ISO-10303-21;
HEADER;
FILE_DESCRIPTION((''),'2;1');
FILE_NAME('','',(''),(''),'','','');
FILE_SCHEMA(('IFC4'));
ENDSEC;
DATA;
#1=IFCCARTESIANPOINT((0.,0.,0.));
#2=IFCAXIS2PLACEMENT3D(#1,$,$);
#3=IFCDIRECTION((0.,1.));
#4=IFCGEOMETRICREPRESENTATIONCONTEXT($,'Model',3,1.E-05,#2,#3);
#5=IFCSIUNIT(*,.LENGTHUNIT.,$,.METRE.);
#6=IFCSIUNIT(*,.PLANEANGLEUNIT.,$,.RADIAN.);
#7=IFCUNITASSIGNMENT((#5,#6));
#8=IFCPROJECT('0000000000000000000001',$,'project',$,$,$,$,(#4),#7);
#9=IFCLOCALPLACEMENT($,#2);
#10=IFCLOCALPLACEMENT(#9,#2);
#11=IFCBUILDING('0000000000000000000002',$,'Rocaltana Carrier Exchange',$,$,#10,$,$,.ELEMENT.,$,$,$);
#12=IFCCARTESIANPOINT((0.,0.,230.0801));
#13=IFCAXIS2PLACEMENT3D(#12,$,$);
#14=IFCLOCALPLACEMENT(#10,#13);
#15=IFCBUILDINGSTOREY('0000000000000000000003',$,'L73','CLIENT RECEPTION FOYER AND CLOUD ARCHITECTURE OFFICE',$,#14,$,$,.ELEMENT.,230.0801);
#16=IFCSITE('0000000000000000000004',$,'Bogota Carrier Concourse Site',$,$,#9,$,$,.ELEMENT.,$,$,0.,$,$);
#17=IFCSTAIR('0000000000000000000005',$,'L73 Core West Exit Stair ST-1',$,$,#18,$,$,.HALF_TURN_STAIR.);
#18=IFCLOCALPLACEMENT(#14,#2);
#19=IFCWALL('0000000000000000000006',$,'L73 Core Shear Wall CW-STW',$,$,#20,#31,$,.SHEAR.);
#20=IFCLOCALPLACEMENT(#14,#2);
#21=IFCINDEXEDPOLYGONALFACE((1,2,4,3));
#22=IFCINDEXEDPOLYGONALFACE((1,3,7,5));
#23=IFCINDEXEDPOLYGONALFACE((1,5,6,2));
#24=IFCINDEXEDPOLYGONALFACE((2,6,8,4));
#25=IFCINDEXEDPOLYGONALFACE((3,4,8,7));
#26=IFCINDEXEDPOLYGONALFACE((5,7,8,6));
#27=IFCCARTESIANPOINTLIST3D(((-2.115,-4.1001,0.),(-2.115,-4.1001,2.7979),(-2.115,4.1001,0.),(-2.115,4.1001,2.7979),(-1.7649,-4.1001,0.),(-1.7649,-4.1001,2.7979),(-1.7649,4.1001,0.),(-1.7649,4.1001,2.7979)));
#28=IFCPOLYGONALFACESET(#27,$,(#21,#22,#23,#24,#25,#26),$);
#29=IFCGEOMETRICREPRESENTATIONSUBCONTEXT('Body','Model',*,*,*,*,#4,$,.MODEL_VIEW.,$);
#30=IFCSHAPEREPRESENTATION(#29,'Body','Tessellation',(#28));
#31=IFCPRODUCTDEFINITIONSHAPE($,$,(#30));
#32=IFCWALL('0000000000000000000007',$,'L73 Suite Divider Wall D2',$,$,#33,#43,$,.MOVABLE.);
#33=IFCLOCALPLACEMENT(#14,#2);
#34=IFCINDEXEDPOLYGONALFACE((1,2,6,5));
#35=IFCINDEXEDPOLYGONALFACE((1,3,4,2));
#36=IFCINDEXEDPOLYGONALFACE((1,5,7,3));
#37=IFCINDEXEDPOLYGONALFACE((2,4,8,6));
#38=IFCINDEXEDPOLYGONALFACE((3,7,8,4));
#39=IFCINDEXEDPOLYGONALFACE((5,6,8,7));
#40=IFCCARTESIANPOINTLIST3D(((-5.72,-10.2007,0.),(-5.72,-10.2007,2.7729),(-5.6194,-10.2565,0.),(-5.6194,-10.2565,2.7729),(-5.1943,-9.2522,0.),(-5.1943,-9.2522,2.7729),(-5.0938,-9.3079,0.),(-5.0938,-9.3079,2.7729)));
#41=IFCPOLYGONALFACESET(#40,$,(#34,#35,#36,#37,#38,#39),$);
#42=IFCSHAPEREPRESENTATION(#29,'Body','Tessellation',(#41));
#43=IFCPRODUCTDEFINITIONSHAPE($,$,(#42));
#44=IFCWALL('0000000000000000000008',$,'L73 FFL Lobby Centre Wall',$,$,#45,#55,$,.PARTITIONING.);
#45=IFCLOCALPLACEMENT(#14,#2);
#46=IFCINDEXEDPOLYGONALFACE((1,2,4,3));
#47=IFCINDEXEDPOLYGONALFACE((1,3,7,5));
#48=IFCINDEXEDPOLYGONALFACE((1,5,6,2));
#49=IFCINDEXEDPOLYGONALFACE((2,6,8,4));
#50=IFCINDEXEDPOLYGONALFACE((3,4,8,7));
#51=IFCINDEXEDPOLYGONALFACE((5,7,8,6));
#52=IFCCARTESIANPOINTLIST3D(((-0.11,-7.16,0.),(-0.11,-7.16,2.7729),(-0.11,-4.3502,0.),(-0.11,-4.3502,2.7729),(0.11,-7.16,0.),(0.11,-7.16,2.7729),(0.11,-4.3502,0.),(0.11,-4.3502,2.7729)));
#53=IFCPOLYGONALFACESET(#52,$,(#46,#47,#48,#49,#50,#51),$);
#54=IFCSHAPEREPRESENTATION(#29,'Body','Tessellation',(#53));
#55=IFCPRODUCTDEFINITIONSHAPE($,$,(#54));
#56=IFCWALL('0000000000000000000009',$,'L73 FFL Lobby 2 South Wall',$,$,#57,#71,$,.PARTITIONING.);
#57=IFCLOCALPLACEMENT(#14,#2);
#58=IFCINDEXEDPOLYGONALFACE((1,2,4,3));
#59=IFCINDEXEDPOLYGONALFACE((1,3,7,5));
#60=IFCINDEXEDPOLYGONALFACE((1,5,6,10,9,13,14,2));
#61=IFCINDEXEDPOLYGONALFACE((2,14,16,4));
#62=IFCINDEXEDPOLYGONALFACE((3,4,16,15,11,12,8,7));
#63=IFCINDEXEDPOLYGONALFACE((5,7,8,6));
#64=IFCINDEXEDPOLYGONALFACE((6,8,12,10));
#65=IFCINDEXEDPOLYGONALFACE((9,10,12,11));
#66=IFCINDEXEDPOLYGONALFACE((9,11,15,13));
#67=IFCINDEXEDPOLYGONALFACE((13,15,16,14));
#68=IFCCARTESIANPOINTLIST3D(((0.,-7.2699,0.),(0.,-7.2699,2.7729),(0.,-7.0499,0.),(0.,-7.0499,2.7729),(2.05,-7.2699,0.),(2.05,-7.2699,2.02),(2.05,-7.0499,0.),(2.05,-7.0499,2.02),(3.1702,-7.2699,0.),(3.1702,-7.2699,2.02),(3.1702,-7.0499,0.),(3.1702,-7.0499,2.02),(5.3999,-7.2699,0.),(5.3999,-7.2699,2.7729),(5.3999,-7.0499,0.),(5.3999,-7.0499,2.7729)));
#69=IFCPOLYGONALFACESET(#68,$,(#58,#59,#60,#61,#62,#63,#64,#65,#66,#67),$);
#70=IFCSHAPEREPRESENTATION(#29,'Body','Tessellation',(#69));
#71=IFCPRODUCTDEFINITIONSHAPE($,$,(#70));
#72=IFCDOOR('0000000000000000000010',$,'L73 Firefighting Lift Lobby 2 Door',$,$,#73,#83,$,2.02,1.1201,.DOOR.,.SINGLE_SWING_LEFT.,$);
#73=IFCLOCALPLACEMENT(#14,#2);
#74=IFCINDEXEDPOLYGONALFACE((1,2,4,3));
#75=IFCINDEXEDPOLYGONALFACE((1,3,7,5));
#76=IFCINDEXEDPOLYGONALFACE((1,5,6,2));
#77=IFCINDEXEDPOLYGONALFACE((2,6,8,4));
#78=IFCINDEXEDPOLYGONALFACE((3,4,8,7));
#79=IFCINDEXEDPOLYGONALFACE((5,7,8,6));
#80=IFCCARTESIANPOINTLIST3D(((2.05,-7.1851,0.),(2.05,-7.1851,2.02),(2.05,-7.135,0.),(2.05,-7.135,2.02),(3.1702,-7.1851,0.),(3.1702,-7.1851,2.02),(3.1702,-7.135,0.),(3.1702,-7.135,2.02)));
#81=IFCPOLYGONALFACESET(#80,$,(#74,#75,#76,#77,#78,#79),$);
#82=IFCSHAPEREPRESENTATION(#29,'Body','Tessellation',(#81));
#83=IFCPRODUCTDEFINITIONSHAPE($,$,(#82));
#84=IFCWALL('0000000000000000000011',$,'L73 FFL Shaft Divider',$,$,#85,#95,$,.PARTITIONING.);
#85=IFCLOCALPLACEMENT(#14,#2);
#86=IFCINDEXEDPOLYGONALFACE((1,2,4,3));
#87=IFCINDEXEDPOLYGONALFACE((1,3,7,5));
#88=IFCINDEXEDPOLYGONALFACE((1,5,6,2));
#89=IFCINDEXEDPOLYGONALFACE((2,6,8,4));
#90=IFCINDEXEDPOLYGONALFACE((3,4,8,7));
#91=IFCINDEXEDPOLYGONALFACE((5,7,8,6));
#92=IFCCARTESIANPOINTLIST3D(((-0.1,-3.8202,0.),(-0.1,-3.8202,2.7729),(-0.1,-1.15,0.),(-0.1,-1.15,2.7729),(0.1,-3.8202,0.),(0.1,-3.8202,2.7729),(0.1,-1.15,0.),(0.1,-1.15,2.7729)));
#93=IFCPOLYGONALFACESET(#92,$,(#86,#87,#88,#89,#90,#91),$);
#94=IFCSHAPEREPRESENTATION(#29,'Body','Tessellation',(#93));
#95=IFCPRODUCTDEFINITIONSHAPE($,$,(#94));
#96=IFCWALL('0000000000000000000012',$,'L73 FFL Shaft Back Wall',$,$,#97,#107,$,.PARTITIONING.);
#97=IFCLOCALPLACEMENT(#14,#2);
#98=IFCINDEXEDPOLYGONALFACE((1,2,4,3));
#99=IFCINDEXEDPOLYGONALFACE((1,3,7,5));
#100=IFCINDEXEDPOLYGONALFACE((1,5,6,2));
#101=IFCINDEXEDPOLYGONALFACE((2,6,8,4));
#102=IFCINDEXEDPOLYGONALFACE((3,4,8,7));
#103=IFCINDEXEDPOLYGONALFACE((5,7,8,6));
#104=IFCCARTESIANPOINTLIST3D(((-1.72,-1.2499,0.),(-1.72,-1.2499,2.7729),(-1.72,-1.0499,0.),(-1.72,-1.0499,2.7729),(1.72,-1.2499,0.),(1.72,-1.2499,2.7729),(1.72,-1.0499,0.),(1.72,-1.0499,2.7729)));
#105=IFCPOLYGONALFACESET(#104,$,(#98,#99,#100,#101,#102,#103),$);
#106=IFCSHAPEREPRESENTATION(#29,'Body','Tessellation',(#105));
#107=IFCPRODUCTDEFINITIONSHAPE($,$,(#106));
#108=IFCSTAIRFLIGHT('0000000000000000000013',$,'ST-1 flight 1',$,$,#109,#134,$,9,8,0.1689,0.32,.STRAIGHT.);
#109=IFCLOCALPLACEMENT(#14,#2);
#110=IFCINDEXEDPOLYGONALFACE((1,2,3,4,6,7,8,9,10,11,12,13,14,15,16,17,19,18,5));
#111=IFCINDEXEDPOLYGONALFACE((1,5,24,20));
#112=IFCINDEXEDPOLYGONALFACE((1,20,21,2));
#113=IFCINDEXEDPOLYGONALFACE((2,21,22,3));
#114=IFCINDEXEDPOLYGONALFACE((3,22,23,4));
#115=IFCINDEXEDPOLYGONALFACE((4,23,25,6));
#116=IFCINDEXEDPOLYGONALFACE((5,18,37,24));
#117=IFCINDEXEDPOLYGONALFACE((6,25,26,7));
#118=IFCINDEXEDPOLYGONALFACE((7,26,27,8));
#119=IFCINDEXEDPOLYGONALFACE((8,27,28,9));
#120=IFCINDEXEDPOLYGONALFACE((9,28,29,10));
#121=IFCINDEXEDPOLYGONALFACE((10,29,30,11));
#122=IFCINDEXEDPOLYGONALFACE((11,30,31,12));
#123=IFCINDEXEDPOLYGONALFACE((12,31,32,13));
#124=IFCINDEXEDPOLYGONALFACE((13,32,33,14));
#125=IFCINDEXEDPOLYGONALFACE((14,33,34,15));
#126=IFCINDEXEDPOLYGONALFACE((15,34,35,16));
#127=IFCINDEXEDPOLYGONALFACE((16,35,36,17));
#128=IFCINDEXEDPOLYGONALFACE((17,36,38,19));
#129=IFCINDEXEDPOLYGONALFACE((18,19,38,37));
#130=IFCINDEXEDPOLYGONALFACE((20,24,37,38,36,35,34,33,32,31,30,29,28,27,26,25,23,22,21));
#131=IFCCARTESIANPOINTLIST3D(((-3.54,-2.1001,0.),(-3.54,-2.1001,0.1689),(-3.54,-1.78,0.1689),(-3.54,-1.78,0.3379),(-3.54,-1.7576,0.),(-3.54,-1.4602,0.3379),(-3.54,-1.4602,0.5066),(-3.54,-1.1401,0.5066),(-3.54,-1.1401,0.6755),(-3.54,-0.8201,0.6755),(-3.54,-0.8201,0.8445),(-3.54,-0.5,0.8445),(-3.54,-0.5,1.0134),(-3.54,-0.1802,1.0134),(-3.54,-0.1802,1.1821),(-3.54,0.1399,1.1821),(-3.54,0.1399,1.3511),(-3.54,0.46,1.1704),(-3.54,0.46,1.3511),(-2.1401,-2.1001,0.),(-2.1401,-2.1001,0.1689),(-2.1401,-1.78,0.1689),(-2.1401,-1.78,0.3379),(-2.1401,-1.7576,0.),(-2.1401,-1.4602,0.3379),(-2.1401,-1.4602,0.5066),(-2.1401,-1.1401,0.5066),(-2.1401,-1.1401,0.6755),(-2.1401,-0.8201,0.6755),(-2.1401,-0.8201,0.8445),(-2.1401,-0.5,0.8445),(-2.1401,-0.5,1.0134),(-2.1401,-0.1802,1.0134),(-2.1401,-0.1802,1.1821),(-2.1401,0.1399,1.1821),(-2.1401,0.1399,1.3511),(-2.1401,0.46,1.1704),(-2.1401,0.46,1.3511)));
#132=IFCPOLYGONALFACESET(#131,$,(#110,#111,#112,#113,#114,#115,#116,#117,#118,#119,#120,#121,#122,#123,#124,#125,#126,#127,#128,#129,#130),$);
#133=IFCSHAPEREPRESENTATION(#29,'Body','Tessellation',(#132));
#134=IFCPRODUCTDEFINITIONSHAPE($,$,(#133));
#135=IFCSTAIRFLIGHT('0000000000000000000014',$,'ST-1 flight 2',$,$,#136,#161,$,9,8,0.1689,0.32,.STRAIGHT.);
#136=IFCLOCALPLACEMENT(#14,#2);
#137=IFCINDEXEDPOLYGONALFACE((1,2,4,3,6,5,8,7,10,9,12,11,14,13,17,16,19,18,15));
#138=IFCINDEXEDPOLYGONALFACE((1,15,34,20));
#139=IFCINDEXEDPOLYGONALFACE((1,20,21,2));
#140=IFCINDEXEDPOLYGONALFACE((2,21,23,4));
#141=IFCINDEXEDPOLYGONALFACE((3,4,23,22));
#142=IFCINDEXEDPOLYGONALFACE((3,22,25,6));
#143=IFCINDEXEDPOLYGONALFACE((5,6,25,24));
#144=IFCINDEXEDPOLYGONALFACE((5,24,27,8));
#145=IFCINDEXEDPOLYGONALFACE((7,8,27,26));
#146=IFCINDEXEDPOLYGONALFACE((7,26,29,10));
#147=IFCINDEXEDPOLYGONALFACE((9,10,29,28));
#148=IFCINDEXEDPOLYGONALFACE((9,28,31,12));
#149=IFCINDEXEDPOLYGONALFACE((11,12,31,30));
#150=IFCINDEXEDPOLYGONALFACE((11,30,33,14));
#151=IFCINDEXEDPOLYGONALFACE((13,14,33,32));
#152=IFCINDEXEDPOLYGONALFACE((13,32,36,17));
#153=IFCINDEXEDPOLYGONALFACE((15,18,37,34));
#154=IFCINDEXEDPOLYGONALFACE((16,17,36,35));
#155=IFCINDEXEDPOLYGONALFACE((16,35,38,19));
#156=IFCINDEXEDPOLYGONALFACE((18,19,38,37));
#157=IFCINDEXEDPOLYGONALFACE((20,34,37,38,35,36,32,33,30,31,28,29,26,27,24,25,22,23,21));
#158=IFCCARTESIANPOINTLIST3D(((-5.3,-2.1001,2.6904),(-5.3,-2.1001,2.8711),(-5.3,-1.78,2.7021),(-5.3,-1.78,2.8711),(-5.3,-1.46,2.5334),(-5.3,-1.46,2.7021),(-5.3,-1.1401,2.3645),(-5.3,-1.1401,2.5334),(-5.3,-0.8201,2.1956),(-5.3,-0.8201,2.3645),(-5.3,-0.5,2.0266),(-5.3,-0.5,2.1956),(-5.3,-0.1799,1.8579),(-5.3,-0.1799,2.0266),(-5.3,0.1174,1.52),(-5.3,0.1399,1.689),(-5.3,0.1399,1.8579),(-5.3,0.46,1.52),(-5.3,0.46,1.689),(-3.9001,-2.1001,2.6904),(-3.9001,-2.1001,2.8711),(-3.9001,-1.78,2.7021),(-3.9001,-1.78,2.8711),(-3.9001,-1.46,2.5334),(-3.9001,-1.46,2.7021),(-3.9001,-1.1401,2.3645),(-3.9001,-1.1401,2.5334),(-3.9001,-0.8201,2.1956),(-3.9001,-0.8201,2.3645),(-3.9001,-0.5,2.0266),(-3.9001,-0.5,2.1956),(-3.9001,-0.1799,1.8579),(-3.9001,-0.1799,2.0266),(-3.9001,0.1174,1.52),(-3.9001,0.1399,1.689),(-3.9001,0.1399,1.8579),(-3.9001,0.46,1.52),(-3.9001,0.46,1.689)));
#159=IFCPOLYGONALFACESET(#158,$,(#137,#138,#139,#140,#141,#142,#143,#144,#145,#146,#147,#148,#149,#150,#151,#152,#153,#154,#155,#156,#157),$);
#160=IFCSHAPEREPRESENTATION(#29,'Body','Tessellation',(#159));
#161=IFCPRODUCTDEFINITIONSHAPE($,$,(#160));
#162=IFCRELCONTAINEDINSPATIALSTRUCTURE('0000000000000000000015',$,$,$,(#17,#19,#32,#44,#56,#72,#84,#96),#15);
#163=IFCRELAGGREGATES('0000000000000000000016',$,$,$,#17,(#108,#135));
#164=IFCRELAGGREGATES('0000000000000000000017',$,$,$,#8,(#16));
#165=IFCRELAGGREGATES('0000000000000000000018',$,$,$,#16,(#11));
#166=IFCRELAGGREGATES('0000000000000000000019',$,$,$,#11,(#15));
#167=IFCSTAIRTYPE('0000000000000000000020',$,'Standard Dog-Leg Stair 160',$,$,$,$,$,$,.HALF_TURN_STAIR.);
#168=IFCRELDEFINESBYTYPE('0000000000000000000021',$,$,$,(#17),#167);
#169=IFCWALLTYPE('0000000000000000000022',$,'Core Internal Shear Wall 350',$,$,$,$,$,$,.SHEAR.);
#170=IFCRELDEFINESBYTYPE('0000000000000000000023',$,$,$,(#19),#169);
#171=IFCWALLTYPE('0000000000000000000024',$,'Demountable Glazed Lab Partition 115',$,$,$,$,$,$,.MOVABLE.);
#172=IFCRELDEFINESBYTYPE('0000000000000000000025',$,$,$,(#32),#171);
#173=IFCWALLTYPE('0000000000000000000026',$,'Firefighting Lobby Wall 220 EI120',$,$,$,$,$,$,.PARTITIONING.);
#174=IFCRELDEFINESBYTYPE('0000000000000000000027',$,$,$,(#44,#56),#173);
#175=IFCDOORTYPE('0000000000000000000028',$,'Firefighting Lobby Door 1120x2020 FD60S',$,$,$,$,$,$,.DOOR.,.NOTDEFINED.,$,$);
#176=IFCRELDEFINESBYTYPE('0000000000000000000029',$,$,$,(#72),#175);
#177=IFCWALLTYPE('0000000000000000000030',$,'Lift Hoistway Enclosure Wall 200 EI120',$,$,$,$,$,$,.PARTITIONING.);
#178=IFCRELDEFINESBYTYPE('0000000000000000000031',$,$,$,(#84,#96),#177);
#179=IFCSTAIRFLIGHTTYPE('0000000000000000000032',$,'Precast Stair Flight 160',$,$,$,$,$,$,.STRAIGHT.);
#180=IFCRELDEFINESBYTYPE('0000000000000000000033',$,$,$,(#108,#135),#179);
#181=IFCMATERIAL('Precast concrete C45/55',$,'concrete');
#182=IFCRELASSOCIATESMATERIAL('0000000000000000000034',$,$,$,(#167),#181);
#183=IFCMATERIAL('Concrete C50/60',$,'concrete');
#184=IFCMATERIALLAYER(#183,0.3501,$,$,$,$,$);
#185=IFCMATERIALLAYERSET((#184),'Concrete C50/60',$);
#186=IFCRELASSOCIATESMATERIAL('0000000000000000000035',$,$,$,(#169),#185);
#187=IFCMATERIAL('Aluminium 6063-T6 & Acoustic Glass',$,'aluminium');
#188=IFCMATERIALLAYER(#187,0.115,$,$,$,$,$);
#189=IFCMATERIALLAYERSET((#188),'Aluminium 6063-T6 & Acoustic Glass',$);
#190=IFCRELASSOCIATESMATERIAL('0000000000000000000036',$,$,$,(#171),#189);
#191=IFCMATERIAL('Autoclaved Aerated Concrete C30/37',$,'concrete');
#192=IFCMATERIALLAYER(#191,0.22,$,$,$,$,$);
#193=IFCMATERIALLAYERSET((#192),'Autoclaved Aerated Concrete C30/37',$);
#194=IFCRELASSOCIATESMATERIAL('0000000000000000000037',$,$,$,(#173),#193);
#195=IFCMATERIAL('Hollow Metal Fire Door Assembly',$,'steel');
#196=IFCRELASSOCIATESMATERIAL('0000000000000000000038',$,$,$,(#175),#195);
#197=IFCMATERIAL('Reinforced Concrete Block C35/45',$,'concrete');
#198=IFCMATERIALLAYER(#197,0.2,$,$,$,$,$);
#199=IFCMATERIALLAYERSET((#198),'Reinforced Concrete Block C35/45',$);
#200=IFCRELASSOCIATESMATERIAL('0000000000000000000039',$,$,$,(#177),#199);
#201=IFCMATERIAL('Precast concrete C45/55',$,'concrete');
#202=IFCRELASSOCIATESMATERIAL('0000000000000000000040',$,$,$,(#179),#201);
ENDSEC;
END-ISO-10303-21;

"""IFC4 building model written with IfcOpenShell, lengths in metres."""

from ifc_helpers import new_model, si_unit, direction, frame, frame_2d, origin, place, context, subcontext, project, spatial, polyline, rectangle, outline, extrude, material, layer, layer_set, type_object, element, fill, aggregate, save


model = new_model("IFC4")

# Units and contexts
model_context = context("Model", 3, precision=1e-05, world=origin(), true_north=direction((0.0, 1.0)))
body_context = subcontext(model_context, "Body", "Model", "MODEL_VIEW")
ifc_project = project(units=[si_unit("LENGTHUNIT", "METRE"), si_unit("PLANEANGLEUNIT", "RADIAN")], contexts=[model_context])

# Site, building, storey
site_placement = place(None, origin())
site = spatial("IfcSite", under=ifc_project, at=site_placement, Name="Bogota Carrier Concourse Site", CompositionType="ELEMENT", RefElevation=0.0)
building_placement = place(site_placement, origin())
building = spatial("IfcBuilding", under=site, at=building_placement, Name="Rocaltana Carrier Exchange", CompositionType="ELEMENT")
storey_placement = place(building_placement, frame((0.0, 0.0, 230.0801)))
storey = spatial("IfcBuildingStorey", under=building, at=storey_placement, Name="L73", Description="CLIENT RECEPTION FOYER AND CLOUD ARCHITECTURE OFFICE", CompositionType="ELEMENT", Elevation=230.0801)

# Stair
ifc_material_1 = material(Name="Precast concrete C45/55", Category="concrete")
stair_type = type_object("IfcStairType", Name="Standard Dog-Leg Stair 160", PredefinedType="HALF_TURN_STAIR", material=ifc_material_1)
stair_1_placement = place(storey_placement, origin())
stair_1 = element("IfcStair", 1, at=stair_1_placement, inside=storey, type_object=stair_type, Name="L73 Core West Exit Stair ST-1", PredefinedType="HALF_TURN_STAIR")

# Walls
ifc_material_2 = material(Name="Concrete C50/60", Category="concrete")
ifc_layer_1 = layer(ifc_material_2, 0.3501)
ifc_layer_set_1 = layer_set([ifc_layer_1], Name="Concrete C50/60")
wall_type_1 = type_object("IfcWallType", Name="Core Internal Shear Wall 350", PredefinedType="SHEAR", material=ifc_layer_set_1)
wall_1_placement = place(storey_placement, frame((-1.9399, -4.1001, 0.0), z_axis=(0.0, 0.0, 1.0), x_axis=(0.0, 1.0, 0.0)))
element("IfcWall", 2, at=wall_1_placement, inside=storey, type_object=wall_type_1, Name="L73 Core Shear Wall CW-STW", PredefinedType="SHEAR", context=body_context, shape_type="SweptSolid", body=[
    extrude(rectangle(XDim=8.2002, YDim=0.3501, at=frame_2d((4.1001, 0.0))), origin(), (0.0, 0.0, 1.0), 2.7979),
])
ifc_material_3 = material(Name="Aluminium 6063-T6 & Acoustic Glass", Category="aluminium")
ifc_layer_2 = layer(ifc_material_3, 0.115)
ifc_layer_set_2 = layer_set([ifc_layer_2], Name="Aluminium 6063-T6 & Acoustic Glass")
wall_type_2 = type_object("IfcWallType", Name="Demountable Glazed Lab Partition 115", PredefinedType="MOVABLE", material=ifc_layer_set_2)
wall_2_placement = place(storey_placement, frame((-5.144, -9.28, 0.0), z_axis=(0.0, 0.0, 1.0), x_axis=(-0.484725, -0.874667, 0.0)))
element("IfcWall", 3, at=wall_2_placement, inside=storey, type_object=wall_type_2, Name="L73 Suite Divider Wall D2", PredefinedType="MOVABLE", context=body_context, shape_type="SweptSolid", body=[
    extrude(rectangle(XDim=1.0845, YDim=0.115, at=frame_2d((0.5422, 0.0))), origin(), (0.0, 0.0, 1.0), 2.7729),
])
ifc_material_4 = material(Name="Autoclaved Aerated Concrete C30/37", Category="concrete")
ifc_layer_3 = layer(ifc_material_4, 0.22)
ifc_layer_set_3 = layer_set([ifc_layer_3], Name="Autoclaved Aerated Concrete C30/37")
wall_type_3 = type_object("IfcWallType", Name="Firefighting Lobby Wall 220 EI120", PredefinedType="PARTITIONING", material=ifc_layer_set_3)
wall_3_placement = place(storey_placement, frame((0.0, -7.1599, 0.0), z_axis=(0.0, 0.0, 1.0), x_axis=(0.0, 1.0, 0.0)))
element("IfcWall", 4, at=wall_3_placement, inside=storey, type_object=wall_type_3, Name="L73 FFL Lobby Centre Wall", PredefinedType="PARTITIONING", context=body_context, shape_type="SweptSolid", body=[
    extrude(rectangle(XDim=2.8098, YDim=0.22, at=frame_2d((1.4048, 0.0))), origin(), (0.0, 0.0, 1.0), 2.7729),
])

# Wall, opening, door
wall_4_placement = place(storey_placement, frame((0.0, -7.1599, 0.0), z_axis=(0.0, 0.0, 1.0), x_axis=(1.0, 0.0, 0.0)))
wall_4 = element("IfcWall", 5, at=wall_4_placement, inside=storey, type_object=wall_type_3, Name="L73 FFL Lobby 2 South Wall", PredefinedType="PARTITIONING", context=body_context, shape_type="SweptSolid", body=[
    extrude(rectangle(XDim=5.3999, YDim=0.22, at=frame_2d((2.7, 0.0))), origin(), (0.0, 0.0, 1.0), 2.7729),
])
opening_placement = place(wall_4_placement, frame((2.05, 0.0, 0.0)))
opening = element("IfcOpeningElement", 6, at=opening_placement, cuts=wall_4, PredefinedType="OPENING", context=body_context, shape_type="SweptSolid", body=[
    extrude(rectangle(XDim=1.1201, YDim=2.02, at=frame_2d((0.5601, 1.01))), frame((0.0, 0.1199, 0.0), z_axis=(0.0, -1.0, 0.0), x_axis=(1.0, 0.0, 0.0)), (0.0, 0.0, 1.0), 0.24),
])
ifc_material_5 = material(Name="Hollow Metal Fire Door Assembly", Category="steel")
door_type = type_object("IfcDoorType", Name="Firefighting Lobby Door 1120x2020 FD60S", OperationType="NOTDEFINED", PredefinedType="DOOR", material=ifc_material_5)
door_placement = place(opening_placement, origin())
door = element("IfcDoor", 7, at=door_placement, inside=storey, type_object=door_type, Name="L73 Firefighting Lift Lobby 2 Door", OperationType="SINGLE_SWING_LEFT", OverallHeight=2.02, OverallWidth=1.1201, PredefinedType="DOOR", context=body_context, shape_type="SweptSolid", body=[
    extrude(rectangle(XDim=1.1201, YDim=2.02, at=frame_2d((0.5601, 1.01))), frame((0.0, 0.0249, 0.0), z_axis=(0.0, -1.0, 0.0), x_axis=(1.0, 0.0, 0.0)), (0.0, 0.0, 1.0), 0.05),
])
fill(opening, door)

# Walls
ifc_material_6 = material(Name="Reinforced Concrete Block C35/45", Category="concrete")
ifc_layer_4 = layer(ifc_material_6, 0.2)
ifc_layer_set_4 = layer_set([ifc_layer_4], Name="Reinforced Concrete Block C35/45")
wall_type_4 = type_object("IfcWallType", Name="Lift Hoistway Enclosure Wall 200 EI120", PredefinedType="PARTITIONING", material=ifc_layer_set_4)
wall_5_placement = place(storey_placement, frame((0.0, -3.8201, 0.0), z_axis=(0.0, 0.0, 1.0), x_axis=(0.0, 1.0, 0.0)))
element("IfcWall", 8, at=wall_5_placement, inside=storey, type_object=wall_type_4, Name="L73 FFL Shaft Divider", PredefinedType="PARTITIONING", context=body_context, shape_type="SweptSolid", body=[
    extrude(rectangle(XDim=2.6702, YDim=0.2, at=frame_2d((1.335, 0.0))), origin(), (0.0, 0.0, 1.0), 2.7729),
])
wall_6_placement = place(storey_placement, frame((-1.72, -1.1499, 0.0), z_axis=(0.0, 0.0, 1.0), x_axis=(1.0, 0.0, 0.0)))
element("IfcWall", 9, at=wall_6_placement, inside=storey, type_object=wall_type_4, Name="L73 FFL Shaft Back Wall", PredefinedType="PARTITIONING", context=body_context, shape_type="SweptSolid", body=[
    extrude(rectangle(XDim=3.4399, YDim=0.2, at=frame_2d((1.72, 0.0))), origin(), (0.0, 0.0, 1.0), 2.7729),
])

# Stair flights
ifc_material_7 = material(Name="Precast concrete C45/55", Category="concrete")
stair_flight_type = type_object("IfcStairFlightType", Name="Precast Stair Flight 160", PredefinedType="STRAIGHT", material=ifc_material_7)
stair_flight_1_placement = place(storey_placement, frame((-2.8401, -2.1001, 0.0), z_axis=(0.0, 0.0, 1.0), x_axis=(0.0, 1.0, 0.0)))
stair_flight_1 = element("IfcStairFlight", 10, at=stair_flight_1_placement, type_object=stair_flight_type, Name="ST-1 flight 1", NumberOfRisers=9, NumberOfTreads=8, PredefinedType="STRAIGHT", RiserHeight=0.1689, TreadLength=0.32, context=body_context, shape_type="SweptSolid", body=[
    extrude(outline(polyline([(0.0, 0.0), (0.0, 0.1689), (0.3201, 0.1689), (0.3201, 0.3379), (0.6399, 0.3379), (0.6399, 0.5066), (0.96, 0.5066), (0.96, 0.6755), (1.28, 0.6755), (1.28, 0.8445), (1.6001, 0.8445), (1.6001, 1.0134), (1.9199, 1.0134), (1.9199, 1.1821), (2.24, 1.1821), (2.24, 1.3511), (2.5601, 1.3511), (2.5601, 1.52), (2.5601, 1.1704), (0.3425, 0.0), (0.0, 0.0)])), frame((0.0, 0.7, 0.0), z_axis=(0.0, -1.0, 0.0), x_axis=(1.0, 0.0, 0.0)), (0.0, 0.0, 1.0), 1.3999),
])
stair_flight_2_placement = place(storey_placement, frame((-4.6001, 0.46, 1.52), z_axis=(0.0, 0.0, 1.0), x_axis=(0.0, -1.0, 0.0)))
stair_flight_2 = element("IfcStairFlight", 11, at=stair_flight_2_placement, type_object=stair_flight_type, Name="ST-1 flight 2", NumberOfRisers=9, NumberOfTreads=8, PredefinedType="STRAIGHT", RiserHeight=0.1689, TreadLength=0.32, context=body_context, shape_type="SweptSolid", body=[
    extrude(outline(polyline([(0.0, 0.0), (0.0, 0.1689), (0.3201, 0.1689), (0.3201, 0.3379), (0.6399, 0.3379), (0.6399, 0.5066), (0.96, 0.5066), (0.96, 0.6755), (1.28, 0.6755), (1.28, 0.8445), (1.6001, 0.8445), (1.6001, 1.0134), (1.9199, 1.0134), (1.9199, 1.1821), (2.24, 1.1821), (2.24, 1.3511), (2.5601, 1.3511), (2.5601, 1.52), (2.5601, 1.1704), (0.3425, 0.0), (0.0, 0.0)])), frame((0.0, 0.7, 0.0), z_axis=(0.0, -1.0, 0.0), x_axis=(1.0, 0.0, 0.0)), (0.0, 0.0, 1.0), 1.3999),
])
aggregate(stair_1, [stair_flight_1, stair_flight_2])

save(model, "model.ifc")
